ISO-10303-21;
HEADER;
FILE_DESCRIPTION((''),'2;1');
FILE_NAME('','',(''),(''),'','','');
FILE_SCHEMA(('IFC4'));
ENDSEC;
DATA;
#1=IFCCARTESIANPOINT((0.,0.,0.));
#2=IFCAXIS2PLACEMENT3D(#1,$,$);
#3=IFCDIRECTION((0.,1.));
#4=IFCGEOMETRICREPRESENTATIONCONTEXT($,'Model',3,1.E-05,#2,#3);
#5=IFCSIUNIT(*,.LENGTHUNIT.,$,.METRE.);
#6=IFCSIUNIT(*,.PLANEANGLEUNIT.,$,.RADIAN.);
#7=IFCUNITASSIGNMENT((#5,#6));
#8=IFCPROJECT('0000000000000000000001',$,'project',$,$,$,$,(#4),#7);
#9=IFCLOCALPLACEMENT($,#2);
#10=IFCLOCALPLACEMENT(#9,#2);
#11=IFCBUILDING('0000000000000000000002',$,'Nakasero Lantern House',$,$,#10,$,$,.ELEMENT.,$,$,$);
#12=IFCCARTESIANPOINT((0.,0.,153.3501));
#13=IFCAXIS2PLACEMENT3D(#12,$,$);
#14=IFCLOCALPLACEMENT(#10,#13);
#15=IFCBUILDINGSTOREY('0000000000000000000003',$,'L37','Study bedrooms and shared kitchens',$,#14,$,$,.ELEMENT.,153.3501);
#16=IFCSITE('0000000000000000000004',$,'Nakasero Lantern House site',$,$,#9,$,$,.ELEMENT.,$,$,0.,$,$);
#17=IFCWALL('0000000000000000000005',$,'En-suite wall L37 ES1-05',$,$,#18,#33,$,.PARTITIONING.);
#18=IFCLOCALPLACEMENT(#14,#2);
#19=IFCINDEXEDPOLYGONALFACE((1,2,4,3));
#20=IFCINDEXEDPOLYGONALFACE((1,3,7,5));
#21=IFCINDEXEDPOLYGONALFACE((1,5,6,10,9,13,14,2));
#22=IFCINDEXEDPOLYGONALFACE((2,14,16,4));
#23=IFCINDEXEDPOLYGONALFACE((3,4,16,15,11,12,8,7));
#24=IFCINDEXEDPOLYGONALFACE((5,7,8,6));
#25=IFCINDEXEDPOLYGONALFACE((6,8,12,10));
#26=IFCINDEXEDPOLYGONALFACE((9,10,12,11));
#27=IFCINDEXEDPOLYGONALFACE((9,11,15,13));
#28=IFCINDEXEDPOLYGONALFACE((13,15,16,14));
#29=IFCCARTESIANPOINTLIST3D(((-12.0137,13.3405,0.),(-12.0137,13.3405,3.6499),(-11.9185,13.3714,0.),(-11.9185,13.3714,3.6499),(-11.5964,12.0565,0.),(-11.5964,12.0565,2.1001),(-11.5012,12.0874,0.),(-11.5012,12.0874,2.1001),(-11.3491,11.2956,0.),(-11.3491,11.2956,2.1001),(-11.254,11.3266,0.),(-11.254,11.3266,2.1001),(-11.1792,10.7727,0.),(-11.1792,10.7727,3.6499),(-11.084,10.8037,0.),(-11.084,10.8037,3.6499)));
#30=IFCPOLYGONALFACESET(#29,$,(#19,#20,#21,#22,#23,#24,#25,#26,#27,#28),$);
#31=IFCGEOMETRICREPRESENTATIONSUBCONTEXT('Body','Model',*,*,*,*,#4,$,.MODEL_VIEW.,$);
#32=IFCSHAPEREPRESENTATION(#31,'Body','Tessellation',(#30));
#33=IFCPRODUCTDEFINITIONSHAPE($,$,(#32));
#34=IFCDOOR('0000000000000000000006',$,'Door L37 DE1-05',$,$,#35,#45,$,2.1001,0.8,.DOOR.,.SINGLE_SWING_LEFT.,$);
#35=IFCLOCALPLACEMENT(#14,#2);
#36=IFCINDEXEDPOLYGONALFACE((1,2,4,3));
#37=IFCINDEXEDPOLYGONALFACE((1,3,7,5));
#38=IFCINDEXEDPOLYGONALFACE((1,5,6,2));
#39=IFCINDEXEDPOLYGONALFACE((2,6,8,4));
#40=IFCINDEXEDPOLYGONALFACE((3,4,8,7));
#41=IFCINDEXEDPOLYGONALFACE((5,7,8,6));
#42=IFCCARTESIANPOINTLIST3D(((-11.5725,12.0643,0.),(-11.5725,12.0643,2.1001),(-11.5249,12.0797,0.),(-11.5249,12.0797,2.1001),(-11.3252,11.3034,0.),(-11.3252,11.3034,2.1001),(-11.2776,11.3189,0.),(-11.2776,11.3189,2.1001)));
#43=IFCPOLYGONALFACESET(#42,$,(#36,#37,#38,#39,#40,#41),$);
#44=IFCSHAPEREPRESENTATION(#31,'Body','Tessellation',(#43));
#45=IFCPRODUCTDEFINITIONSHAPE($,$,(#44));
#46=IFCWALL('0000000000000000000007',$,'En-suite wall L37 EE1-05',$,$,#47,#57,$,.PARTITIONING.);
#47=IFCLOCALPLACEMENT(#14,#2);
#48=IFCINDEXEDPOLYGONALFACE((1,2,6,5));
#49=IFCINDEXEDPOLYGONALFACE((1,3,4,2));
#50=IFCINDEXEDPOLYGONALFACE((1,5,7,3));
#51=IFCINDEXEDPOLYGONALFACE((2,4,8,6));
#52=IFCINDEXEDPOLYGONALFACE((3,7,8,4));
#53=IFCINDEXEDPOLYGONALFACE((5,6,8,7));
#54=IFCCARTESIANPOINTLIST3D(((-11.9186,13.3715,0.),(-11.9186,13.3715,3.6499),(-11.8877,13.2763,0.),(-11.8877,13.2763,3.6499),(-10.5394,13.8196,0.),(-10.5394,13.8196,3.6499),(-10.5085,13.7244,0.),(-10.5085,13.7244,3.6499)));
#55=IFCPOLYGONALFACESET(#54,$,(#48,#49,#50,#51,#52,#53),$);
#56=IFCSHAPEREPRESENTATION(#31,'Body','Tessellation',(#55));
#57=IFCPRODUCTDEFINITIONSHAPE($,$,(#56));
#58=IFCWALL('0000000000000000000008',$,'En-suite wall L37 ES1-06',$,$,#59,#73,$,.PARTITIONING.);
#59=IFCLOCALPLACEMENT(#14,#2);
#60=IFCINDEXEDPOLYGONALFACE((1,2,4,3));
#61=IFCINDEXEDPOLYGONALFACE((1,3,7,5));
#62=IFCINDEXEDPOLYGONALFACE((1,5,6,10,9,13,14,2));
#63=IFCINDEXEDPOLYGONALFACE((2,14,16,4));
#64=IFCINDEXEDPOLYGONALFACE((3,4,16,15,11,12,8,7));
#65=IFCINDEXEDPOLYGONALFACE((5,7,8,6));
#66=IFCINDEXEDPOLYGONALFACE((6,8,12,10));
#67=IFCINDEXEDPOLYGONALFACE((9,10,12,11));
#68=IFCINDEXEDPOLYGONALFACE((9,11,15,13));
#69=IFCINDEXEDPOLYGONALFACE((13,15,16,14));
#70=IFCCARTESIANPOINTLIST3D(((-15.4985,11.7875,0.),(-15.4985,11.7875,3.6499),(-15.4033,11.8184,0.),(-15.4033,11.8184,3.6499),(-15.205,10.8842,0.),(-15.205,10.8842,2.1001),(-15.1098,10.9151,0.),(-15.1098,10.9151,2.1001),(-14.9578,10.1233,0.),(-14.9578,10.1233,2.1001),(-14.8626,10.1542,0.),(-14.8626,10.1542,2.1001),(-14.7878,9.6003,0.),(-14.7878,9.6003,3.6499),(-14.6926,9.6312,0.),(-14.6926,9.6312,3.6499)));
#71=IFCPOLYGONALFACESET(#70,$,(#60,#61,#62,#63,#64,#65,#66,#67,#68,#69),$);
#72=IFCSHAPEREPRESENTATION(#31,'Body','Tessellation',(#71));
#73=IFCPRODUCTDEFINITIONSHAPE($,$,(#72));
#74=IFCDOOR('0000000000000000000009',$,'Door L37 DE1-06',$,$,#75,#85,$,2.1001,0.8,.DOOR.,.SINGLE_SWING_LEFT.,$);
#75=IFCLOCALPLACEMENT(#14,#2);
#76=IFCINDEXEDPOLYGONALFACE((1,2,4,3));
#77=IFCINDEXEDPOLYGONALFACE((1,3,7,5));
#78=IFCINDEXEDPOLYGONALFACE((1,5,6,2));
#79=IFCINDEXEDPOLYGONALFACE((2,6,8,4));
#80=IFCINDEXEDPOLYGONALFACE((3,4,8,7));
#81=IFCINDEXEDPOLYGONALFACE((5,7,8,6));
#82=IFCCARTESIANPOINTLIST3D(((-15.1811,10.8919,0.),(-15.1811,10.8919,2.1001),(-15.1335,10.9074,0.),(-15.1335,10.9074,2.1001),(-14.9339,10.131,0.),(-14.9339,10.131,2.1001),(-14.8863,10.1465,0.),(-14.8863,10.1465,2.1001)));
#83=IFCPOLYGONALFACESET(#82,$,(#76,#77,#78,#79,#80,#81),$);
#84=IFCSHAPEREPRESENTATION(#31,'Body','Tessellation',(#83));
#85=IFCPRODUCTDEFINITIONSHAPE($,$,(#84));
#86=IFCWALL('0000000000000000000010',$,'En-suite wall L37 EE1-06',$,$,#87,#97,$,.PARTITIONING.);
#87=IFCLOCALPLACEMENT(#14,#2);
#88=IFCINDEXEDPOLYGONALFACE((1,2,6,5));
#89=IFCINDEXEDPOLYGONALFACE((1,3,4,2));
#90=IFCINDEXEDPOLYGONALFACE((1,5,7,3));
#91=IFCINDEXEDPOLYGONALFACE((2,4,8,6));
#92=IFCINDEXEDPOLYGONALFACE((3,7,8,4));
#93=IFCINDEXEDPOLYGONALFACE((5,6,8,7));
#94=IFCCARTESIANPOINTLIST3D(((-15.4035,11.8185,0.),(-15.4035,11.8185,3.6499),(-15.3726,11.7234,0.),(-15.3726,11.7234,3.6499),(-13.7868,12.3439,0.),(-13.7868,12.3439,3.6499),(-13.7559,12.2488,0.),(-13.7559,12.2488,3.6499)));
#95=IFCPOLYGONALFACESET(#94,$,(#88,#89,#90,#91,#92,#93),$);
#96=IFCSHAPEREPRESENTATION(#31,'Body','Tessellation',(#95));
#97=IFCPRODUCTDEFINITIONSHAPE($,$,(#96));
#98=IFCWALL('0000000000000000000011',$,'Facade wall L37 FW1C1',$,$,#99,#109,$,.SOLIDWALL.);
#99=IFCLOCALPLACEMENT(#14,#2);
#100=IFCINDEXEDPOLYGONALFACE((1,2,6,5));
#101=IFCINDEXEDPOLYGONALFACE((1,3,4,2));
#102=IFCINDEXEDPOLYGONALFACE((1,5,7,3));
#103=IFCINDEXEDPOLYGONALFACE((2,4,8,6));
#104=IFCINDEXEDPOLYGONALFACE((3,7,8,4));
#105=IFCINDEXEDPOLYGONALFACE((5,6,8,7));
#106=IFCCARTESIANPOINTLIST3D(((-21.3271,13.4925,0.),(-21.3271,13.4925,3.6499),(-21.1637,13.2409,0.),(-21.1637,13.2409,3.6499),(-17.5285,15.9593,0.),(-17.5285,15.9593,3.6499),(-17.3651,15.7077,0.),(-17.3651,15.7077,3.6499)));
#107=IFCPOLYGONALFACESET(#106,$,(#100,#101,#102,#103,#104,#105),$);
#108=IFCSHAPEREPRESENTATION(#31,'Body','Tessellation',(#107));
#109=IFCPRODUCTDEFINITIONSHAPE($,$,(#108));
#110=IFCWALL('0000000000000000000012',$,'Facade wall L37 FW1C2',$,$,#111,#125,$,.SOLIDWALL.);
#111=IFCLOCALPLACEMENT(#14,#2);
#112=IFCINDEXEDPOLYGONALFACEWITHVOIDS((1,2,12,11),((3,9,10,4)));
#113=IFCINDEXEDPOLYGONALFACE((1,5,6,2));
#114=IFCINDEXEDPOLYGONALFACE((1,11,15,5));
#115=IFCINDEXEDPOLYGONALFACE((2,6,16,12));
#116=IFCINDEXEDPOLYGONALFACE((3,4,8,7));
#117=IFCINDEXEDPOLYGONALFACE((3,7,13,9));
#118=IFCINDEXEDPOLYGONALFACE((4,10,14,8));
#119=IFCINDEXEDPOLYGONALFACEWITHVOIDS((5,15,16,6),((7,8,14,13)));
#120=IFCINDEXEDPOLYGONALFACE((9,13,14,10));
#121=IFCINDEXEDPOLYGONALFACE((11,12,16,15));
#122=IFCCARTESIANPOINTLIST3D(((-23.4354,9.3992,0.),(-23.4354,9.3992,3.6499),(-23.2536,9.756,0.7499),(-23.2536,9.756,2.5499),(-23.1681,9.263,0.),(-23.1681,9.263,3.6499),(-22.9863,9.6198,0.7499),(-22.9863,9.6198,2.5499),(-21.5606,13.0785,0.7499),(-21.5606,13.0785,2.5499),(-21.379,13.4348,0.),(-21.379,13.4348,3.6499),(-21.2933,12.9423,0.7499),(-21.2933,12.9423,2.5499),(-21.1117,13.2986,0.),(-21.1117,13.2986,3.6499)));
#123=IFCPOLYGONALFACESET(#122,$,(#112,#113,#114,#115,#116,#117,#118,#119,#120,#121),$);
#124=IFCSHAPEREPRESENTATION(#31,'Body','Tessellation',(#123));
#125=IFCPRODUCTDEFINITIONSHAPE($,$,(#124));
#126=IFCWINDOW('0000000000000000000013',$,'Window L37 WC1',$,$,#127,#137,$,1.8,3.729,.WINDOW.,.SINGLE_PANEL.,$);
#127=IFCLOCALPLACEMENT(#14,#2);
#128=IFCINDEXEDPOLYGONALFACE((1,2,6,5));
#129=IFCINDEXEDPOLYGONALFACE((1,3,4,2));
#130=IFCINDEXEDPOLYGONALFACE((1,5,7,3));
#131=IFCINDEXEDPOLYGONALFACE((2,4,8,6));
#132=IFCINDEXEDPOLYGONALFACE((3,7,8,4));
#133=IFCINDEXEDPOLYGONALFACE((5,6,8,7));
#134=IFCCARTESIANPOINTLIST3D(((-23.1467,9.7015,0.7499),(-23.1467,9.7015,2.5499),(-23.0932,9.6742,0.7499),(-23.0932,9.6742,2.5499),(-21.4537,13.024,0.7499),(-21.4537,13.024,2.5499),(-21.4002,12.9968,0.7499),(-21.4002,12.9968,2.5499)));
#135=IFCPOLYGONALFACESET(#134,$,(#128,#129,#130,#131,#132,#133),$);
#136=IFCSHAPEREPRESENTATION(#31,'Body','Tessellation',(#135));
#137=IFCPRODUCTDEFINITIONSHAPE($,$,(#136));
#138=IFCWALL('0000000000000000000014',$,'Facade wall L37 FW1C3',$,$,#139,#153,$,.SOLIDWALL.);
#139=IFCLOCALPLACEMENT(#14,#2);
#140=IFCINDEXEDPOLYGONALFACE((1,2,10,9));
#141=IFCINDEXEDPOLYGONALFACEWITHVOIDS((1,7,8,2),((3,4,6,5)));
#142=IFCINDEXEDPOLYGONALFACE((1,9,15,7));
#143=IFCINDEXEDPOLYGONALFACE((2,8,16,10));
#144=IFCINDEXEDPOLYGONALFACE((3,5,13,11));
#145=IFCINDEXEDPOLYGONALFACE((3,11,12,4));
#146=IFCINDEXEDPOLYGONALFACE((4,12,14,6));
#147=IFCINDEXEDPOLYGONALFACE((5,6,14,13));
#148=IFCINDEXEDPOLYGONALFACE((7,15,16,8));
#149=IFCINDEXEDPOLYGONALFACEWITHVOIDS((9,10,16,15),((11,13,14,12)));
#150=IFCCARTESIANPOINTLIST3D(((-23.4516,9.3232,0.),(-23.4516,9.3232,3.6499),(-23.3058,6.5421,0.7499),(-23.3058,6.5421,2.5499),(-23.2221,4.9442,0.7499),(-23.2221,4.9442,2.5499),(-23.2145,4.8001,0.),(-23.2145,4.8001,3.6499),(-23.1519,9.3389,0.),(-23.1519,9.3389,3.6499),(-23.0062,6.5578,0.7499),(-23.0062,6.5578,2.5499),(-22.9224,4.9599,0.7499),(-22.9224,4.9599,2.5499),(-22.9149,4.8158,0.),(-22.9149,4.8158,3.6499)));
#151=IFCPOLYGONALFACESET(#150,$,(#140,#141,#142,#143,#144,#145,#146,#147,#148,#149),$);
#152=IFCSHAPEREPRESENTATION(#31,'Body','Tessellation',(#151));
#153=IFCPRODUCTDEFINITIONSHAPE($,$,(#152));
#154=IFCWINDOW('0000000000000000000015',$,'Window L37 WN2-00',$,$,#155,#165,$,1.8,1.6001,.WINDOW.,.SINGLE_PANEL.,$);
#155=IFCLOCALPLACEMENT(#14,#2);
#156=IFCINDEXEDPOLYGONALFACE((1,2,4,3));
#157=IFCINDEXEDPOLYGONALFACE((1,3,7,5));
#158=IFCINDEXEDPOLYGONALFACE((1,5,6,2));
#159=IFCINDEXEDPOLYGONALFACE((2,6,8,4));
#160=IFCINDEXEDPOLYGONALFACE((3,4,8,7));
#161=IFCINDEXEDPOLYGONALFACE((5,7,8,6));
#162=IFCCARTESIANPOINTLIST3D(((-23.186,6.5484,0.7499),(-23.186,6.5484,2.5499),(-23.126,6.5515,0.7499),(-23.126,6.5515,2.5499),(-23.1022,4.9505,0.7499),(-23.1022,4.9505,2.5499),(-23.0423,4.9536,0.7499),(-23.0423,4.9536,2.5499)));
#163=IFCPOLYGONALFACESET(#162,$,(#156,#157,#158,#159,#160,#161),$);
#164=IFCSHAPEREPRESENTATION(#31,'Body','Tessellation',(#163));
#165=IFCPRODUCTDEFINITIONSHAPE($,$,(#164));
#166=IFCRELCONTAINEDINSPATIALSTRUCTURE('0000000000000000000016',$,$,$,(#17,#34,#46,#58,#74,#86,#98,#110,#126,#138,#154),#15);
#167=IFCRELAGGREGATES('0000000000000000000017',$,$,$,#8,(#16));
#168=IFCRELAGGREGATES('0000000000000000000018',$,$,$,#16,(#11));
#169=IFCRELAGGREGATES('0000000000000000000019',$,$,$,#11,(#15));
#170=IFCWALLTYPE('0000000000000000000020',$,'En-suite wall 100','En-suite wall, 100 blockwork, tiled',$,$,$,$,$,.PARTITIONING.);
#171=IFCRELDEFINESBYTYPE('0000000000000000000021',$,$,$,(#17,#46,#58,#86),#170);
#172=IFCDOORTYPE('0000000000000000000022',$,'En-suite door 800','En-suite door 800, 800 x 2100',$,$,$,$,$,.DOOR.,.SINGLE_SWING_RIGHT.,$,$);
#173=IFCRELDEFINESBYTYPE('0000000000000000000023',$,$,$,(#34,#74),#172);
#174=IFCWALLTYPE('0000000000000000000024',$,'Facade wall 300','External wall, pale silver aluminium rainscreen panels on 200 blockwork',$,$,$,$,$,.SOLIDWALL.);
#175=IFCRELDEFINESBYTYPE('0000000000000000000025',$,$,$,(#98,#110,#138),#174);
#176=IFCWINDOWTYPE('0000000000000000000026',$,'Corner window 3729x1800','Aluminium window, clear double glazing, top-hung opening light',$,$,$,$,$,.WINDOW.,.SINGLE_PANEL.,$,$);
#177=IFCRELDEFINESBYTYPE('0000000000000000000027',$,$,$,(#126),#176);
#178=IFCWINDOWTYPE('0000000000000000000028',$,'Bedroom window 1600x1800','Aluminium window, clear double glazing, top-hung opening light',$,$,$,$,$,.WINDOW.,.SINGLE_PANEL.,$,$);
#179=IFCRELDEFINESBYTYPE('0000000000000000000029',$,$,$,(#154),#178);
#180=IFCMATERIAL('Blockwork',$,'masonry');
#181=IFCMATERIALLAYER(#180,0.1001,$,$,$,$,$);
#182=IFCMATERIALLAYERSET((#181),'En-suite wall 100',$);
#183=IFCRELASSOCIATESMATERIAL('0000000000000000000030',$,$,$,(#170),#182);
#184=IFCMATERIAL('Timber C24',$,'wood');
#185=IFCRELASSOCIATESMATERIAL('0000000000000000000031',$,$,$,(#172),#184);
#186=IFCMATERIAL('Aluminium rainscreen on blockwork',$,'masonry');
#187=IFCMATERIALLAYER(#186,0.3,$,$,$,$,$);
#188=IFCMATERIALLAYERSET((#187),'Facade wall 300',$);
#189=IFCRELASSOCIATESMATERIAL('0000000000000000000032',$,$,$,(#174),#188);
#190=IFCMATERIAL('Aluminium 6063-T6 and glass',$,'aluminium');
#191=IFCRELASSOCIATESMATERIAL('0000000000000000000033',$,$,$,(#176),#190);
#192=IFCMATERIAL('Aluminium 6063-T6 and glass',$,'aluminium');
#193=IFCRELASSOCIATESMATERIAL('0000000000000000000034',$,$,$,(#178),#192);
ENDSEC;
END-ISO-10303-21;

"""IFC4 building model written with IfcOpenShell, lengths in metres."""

from ifc_helpers import new_model, si_unit, direction, frame, frame_2d, origin, place, context, subcontext, project, spatial, rectangle, extrude, material, layer, layer_set, type_object, element, fill, save


model = new_model("IFC4")

# Units and contexts
model_context = context("Model", 3, precision=1e-05, world=origin(), true_north=direction((0.0, 1.0)))
body_context = subcontext(model_context, "Body", "Model", "MODEL_VIEW")
ifc_project = project(units=[si_unit("LENGTHUNIT", "METRE"), si_unit("PLANEANGLEUNIT", "RADIAN")], contexts=[model_context])

# Site, building, storey
site_placement = place(None, origin())
site = spatial("IfcSite", under=ifc_project, at=site_placement, Name="Nakasero Lantern House site", CompositionType="ELEMENT", RefElevation=0.0)
building_placement = place(site_placement, origin())
building = spatial("IfcBuilding", under=site, at=building_placement, Name="Nakasero Lantern House", CompositionType="ELEMENT")
storey_placement = place(building_placement, frame((0.0, 0.0, 153.3501)))
storey = spatial("IfcBuildingStorey", under=building, at=storey_placement, Name="L37", Description="Study bedrooms and shared kitchens", CompositionType="ELEMENT", Elevation=153.3501)

# Wall, opening, door
ifc_material_1 = material(Name="Blockwork", Category="masonry")
ifc_layer_1 = layer(ifc_material_1, 0.1001)
ifc_layer_set_1 = layer_set([ifc_layer_1], Name="En-suite wall 100")
wall_type_1 = type_object("IfcWallType", Name="En-suite wall 100", Description="En-suite wall, 100 blockwork, tiled", PredefinedType="PARTITIONING", material=ifc_layer_set_1)
wall_1_placement = place(storey_placement, frame((-11.1316, 10.7881, 0.0), z_axis=(0.0, 0.0, 1.0), x_axis=(-0.309057, 0.951043, 0.0)))
wall_1 = element("IfcWall", 1, at=wall_1_placement, inside=storey, type_object=wall_type_1, Name="En-suite wall L37 ES1-05", PredefinedType="PARTITIONING", context=body_context, shape_type="SweptSolid", body=[
    extrude(rectangle(XDim=2.7, YDim=0.1001, at=frame_2d((1.3501, 0.0))), origin(), (0.0, 0.0, 1.0), 3.6499),
])
opening_1_placement = place(wall_1_placement, frame((0.55, 0.0, 0.0)))
opening_1 = element("IfcOpeningElement", 2, at=opening_1_placement, cuts=wall_1, PredefinedType="OPENING", context=body_context, shape_type="SweptSolid", body=[
    extrude(rectangle(XDim=0.8, YDim=2.1001, at=frame_2d((0.3999, 1.05))), frame((0.0, 0.0701, 0.0), z_axis=(0.0, -1.0, 0.0), x_axis=(1.0, 0.0, 0.0)), (0.0, 0.0, 1.0), 0.1401),
])
ifc_material_2 = material(Name="Timber C24", Category="wood")
door_type_1 = type_object("IfcDoorType", Name="En-suite door 800", Description="En-suite door 800, 800 x 2100", OperationType="SINGLE_SWING_RIGHT", PredefinedType="DOOR", material=ifc_material_2)
door_1_placement = place(opening_1_placement, origin())
door_1 = element("IfcDoor", 3, at=door_1_placement, inside=storey, type_object=door_type_1, Name="Door L37 DE1-05", OperationType="SINGLE_SWING_LEFT", OverallHeight=2.1001, OverallWidth=0.8, PredefinedType="DOOR", context=body_context, shape_type="SweptSolid", body=[
    extrude(rectangle(XDim=0.8, YDim=2.1001, at=frame_2d((0.3999, 1.05))), frame((0.0, 0.0249, 0.0), z_axis=(0.0, -1.0, 0.0), x_axis=(1.0, 0.0, 0.0)), (0.0, 0.0, 1.0), 0.05),
])
fill(opening_1, door_1)

# Wall
wall_2_placement = place(storey_placement, frame((-10.5239, 13.772, 0.0), z_axis=(0.0, 0.0, 1.0), x_axis=(-0.95108, -0.308945, 0.0)))
element("IfcWall", 4, at=wall_2_placement, inside=storey, type_object=wall_type_1, Name="En-suite wall L37 EE1-05", PredefinedType="PARTITIONING", context=body_context, shape_type="SweptSolid", body=[
    extrude(rectangle(XDim=1.4502, YDim=0.1001, at=frame_2d((0.7251, 0.0))), origin(), (0.0, 0.0, 1.0), 3.6499),
])

# Wall, opening, door
wall_3_placement = place(storey_placement, frame((-14.7402, 9.6157, 0.0), z_axis=(0.0, 0.0, 1.0), x_axis=(-0.309021, 0.951055, 0.0)))
wall_3 = element("IfcWall", 5, at=wall_3_placement, inside=storey, type_object=wall_type_1, Name="En-suite wall L37 ES1-06", PredefinedType="PARTITIONING", context=body_context, shape_type="SweptSolid", body=[
    extrude(rectangle(XDim=2.2998, YDim=0.1001, at=frame_2d((1.1499, 0.0))), origin(), (0.0, 0.0, 1.0), 3.6499),
])
opening_2_placement = place(wall_3_placement, frame((0.55, 0.0, 0.0)))
opening_2 = element("IfcOpeningElement", 6, at=opening_2_placement, cuts=wall_3, PredefinedType="OPENING", context=body_context, shape_type="SweptSolid", body=[
    extrude(rectangle(XDim=0.8, YDim=2.1001, at=frame_2d((0.3999, 1.05))), frame((0.0, 0.0701, 0.0), z_axis=(0.0, -1.0, 0.0), x_axis=(1.0, 0.0, 0.0)), (0.0, 0.0, 1.0), 0.1401),
])
door_2_placement = place(opening_2_placement, origin())
door_2 = element("IfcDoor", 7, at=door_2_placement, inside=storey, type_object=door_type_1, Name="Door L37 DE1-06", OperationType="SINGLE_SWING_LEFT", OverallHeight=2.1001, OverallWidth=0.8, PredefinedType="DOOR", context=body_context, shape_type="SweptSolid", body=[
    extrude(rectangle(XDim=0.8, YDim=2.1001, at=frame_2d((0.3999, 1.05))), frame((0.0, 0.0249, 0.0), z_axis=(0.0, -1.0, 0.0), x_axis=(1.0, 0.0, 0.0)), (0.0, 0.0, 1.0), 0.05),
])
fill(opening_2, door_2)

# Walls
wall_4_placement = place(storey_placement, frame((-13.7712, 12.2964, 0.0), z_axis=(0.0, 0.0, 1.0), x_axis=(-0.95104, -0.309067, 0.0)))
element("IfcWall", 8, at=wall_4_placement, inside=storey, type_object=wall_type_1, Name="En-suite wall L37 EE1-06", PredefinedType="PARTITIONING", context=body_context, shape_type="SweptSolid", body=[
    extrude(rectangle(XDim=1.7, YDim=0.1001, at=frame_2d((0.8501, 0.0))), origin(), (0.0, 0.0, 1.0), 3.6499),
])
ifc_material_3 = material(Name="Aluminium rainscreen on blockwork", Category="masonry")
ifc_layer_2 = layer(ifc_material_3, 0.3)
ifc_layer_set_2 = layer_set([ifc_layer_2], Name="Facade wall 300")
wall_type_2 = type_object("IfcWallType", Name="Facade wall 300", Description="External wall, pale silver aluminium rainscreen panels on 200 blockwork", PredefinedType="SOLIDWALL", material=ifc_layer_set_2)
wall_5_placement = place(storey_placement, frame((-17.4468, 15.8335, 0.0), z_axis=(0.0, 0.0, 1.0), x_axis=(-0.838674, -0.544634, 0.0)))
element("IfcWall", 9, at=wall_5_placement, inside=storey, type_object=wall_type_2, Name="Facade wall L37 FW1C1", PredefinedType="SOLIDWALL", context=body_context, shape_type="SweptSolid", body=[
    extrude(rectangle(XDim=4.5293, YDim=0.3, at=frame_2d((2.2646, 0.0))), origin(), (0.0, 0.0, 1.0), 3.6499),
])

# Walls, openings, windows
wall_6_placement = place(storey_placement, frame((-21.2454, 13.3667, 0.0), z_axis=(0.0, 0.0, 1.0), x_axis=(-0.454014, -0.890995, 0.0)))
wall_6 = element("IfcWall", 10, at=wall_6_placement, inside=storey, type_object=wall_type_2, Name="Facade wall L37 FW1C2", PredefinedType="SOLIDWALL", context=body_context, shape_type="SweptSolid", body=[
    extrude(rectangle(XDim=4.5293, YDim=0.3, at=frame_2d((2.2646, 0.0))), origin(), (0.0, 0.0, 1.0), 3.6499),
])
opening_3_placement = place(wall_6_placement, frame((0.3999, 0.0, 0.75)))
opening_3 = element("IfcOpeningElement", 11, at=opening_3_placement, cuts=wall_6, PredefinedType="OPENING", context=body_context, shape_type="SweptSolid", body=[
    extrude(rectangle(XDim=3.729, YDim=1.8, at=frame_2d((1.8645, 0.8999))), frame((0.0, 0.1699, 0.0), z_axis=(0.0, -1.0, 0.0), x_axis=(1.0, 0.0, 0.0)), (0.0, 0.0, 1.0), 0.3401),
])
ifc_material_4 = material(Name="Aluminium 6063-T6 and glass", Category="aluminium")
window_type_1 = type_object("IfcWindowType", Name="Corner window 3729x1800", Description="Aluminium window, clear double glazing, top-hung opening light", PartitioningType="SINGLE_PANEL", PredefinedType="WINDOW", material=ifc_material_4)
window_1_placement = place(opening_3_placement, origin())
window_1 = element("IfcWindow", 12, at=window_1_placement, inside=storey, type_object=window_type_1, Name="Window L37 WC1", OverallHeight=1.8, OverallWidth=3.729, PartitioningType="SINGLE_PANEL", PredefinedType="WINDOW", context=body_context, shape_type="SweptSolid", body=[
    extrude(rectangle(XDim=3.729, YDim=1.8, at=frame_2d((1.8645, 0.8999))), frame((0.0, 0.03, 0.0), z_axis=(0.0, -1.0, 0.0), x_axis=(1.0, 0.0, 0.0)), (0.0, 0.0, 1.0), 0.0601),
])
fill(opening_3, window_1)
wall_7_placement = place(storey_placement, frame((-23.3018, 9.3311, 0.0), z_axis=(0.0, 0.0, 1.0), x_axis=(0.052338, -0.998629, 0.0)))
wall_7 = element("IfcWall", 13, at=wall_7_placement, inside=storey, type_object=wall_type_2, Name="Facade wall L37 FW1C3", PredefinedType="SOLIDWALL", context=body_context, shape_type="SweptSolid", body=[
    extrude(rectangle(XDim=4.5293, YDim=0.3, at=frame_2d((2.2646, 0.0))), origin(), (0.0, 0.0, 1.0), 3.6499),
])
opening_4_placement = place(wall_7_placement, frame((2.7849, 0.0, 0.75)))
opening_4 = element("IfcOpeningElement", 14, at=opening_4_placement, cuts=wall_7, PredefinedType="OPENING", context=body_context, shape_type="SweptSolid", body=[
    extrude(rectangle(XDim=1.6001, YDim=1.8, at=frame_2d((0.8, 0.8999))), frame((0.0, 0.1699, 0.0), z_axis=(0.0, -1.0, 0.0), x_axis=(1.0, 0.0, 0.0)), (0.0, 0.0, 1.0), 0.3401),
])
ifc_material_5 = material(Name="Aluminium 6063-T6 and glass", Category="aluminium")
window_type_2 = type_object("IfcWindowType", Name="Bedroom window 1600x1800", Description="Aluminium window, clear double glazing, top-hung opening light", PartitioningType="SINGLE_PANEL", PredefinedType="WINDOW", material=ifc_material_5)
window_2_placement = place(opening_4_placement, origin())
window_2 = element("IfcWindow", 15, at=window_2_placement, inside=storey, type_object=window_type_2, Name="Window L37 WN2-00", OverallHeight=1.8, OverallWidth=1.6001, PartitioningType="SINGLE_PANEL", PredefinedType="WINDOW", context=body_context, shape_type="SweptSolid", body=[
    extrude(rectangle(XDim=1.6001, YDim=1.8, at=frame_2d((0.8, 0.8999))), frame((0.0, 0.03, 0.0), z_axis=(0.0, -1.0, 0.0), x_axis=(1.0, 0.0, 0.0)), (0.0, 0.0, 1.0), 0.0601),
])
fill(opening_4, window_2)

save(model, "model.ifc")
